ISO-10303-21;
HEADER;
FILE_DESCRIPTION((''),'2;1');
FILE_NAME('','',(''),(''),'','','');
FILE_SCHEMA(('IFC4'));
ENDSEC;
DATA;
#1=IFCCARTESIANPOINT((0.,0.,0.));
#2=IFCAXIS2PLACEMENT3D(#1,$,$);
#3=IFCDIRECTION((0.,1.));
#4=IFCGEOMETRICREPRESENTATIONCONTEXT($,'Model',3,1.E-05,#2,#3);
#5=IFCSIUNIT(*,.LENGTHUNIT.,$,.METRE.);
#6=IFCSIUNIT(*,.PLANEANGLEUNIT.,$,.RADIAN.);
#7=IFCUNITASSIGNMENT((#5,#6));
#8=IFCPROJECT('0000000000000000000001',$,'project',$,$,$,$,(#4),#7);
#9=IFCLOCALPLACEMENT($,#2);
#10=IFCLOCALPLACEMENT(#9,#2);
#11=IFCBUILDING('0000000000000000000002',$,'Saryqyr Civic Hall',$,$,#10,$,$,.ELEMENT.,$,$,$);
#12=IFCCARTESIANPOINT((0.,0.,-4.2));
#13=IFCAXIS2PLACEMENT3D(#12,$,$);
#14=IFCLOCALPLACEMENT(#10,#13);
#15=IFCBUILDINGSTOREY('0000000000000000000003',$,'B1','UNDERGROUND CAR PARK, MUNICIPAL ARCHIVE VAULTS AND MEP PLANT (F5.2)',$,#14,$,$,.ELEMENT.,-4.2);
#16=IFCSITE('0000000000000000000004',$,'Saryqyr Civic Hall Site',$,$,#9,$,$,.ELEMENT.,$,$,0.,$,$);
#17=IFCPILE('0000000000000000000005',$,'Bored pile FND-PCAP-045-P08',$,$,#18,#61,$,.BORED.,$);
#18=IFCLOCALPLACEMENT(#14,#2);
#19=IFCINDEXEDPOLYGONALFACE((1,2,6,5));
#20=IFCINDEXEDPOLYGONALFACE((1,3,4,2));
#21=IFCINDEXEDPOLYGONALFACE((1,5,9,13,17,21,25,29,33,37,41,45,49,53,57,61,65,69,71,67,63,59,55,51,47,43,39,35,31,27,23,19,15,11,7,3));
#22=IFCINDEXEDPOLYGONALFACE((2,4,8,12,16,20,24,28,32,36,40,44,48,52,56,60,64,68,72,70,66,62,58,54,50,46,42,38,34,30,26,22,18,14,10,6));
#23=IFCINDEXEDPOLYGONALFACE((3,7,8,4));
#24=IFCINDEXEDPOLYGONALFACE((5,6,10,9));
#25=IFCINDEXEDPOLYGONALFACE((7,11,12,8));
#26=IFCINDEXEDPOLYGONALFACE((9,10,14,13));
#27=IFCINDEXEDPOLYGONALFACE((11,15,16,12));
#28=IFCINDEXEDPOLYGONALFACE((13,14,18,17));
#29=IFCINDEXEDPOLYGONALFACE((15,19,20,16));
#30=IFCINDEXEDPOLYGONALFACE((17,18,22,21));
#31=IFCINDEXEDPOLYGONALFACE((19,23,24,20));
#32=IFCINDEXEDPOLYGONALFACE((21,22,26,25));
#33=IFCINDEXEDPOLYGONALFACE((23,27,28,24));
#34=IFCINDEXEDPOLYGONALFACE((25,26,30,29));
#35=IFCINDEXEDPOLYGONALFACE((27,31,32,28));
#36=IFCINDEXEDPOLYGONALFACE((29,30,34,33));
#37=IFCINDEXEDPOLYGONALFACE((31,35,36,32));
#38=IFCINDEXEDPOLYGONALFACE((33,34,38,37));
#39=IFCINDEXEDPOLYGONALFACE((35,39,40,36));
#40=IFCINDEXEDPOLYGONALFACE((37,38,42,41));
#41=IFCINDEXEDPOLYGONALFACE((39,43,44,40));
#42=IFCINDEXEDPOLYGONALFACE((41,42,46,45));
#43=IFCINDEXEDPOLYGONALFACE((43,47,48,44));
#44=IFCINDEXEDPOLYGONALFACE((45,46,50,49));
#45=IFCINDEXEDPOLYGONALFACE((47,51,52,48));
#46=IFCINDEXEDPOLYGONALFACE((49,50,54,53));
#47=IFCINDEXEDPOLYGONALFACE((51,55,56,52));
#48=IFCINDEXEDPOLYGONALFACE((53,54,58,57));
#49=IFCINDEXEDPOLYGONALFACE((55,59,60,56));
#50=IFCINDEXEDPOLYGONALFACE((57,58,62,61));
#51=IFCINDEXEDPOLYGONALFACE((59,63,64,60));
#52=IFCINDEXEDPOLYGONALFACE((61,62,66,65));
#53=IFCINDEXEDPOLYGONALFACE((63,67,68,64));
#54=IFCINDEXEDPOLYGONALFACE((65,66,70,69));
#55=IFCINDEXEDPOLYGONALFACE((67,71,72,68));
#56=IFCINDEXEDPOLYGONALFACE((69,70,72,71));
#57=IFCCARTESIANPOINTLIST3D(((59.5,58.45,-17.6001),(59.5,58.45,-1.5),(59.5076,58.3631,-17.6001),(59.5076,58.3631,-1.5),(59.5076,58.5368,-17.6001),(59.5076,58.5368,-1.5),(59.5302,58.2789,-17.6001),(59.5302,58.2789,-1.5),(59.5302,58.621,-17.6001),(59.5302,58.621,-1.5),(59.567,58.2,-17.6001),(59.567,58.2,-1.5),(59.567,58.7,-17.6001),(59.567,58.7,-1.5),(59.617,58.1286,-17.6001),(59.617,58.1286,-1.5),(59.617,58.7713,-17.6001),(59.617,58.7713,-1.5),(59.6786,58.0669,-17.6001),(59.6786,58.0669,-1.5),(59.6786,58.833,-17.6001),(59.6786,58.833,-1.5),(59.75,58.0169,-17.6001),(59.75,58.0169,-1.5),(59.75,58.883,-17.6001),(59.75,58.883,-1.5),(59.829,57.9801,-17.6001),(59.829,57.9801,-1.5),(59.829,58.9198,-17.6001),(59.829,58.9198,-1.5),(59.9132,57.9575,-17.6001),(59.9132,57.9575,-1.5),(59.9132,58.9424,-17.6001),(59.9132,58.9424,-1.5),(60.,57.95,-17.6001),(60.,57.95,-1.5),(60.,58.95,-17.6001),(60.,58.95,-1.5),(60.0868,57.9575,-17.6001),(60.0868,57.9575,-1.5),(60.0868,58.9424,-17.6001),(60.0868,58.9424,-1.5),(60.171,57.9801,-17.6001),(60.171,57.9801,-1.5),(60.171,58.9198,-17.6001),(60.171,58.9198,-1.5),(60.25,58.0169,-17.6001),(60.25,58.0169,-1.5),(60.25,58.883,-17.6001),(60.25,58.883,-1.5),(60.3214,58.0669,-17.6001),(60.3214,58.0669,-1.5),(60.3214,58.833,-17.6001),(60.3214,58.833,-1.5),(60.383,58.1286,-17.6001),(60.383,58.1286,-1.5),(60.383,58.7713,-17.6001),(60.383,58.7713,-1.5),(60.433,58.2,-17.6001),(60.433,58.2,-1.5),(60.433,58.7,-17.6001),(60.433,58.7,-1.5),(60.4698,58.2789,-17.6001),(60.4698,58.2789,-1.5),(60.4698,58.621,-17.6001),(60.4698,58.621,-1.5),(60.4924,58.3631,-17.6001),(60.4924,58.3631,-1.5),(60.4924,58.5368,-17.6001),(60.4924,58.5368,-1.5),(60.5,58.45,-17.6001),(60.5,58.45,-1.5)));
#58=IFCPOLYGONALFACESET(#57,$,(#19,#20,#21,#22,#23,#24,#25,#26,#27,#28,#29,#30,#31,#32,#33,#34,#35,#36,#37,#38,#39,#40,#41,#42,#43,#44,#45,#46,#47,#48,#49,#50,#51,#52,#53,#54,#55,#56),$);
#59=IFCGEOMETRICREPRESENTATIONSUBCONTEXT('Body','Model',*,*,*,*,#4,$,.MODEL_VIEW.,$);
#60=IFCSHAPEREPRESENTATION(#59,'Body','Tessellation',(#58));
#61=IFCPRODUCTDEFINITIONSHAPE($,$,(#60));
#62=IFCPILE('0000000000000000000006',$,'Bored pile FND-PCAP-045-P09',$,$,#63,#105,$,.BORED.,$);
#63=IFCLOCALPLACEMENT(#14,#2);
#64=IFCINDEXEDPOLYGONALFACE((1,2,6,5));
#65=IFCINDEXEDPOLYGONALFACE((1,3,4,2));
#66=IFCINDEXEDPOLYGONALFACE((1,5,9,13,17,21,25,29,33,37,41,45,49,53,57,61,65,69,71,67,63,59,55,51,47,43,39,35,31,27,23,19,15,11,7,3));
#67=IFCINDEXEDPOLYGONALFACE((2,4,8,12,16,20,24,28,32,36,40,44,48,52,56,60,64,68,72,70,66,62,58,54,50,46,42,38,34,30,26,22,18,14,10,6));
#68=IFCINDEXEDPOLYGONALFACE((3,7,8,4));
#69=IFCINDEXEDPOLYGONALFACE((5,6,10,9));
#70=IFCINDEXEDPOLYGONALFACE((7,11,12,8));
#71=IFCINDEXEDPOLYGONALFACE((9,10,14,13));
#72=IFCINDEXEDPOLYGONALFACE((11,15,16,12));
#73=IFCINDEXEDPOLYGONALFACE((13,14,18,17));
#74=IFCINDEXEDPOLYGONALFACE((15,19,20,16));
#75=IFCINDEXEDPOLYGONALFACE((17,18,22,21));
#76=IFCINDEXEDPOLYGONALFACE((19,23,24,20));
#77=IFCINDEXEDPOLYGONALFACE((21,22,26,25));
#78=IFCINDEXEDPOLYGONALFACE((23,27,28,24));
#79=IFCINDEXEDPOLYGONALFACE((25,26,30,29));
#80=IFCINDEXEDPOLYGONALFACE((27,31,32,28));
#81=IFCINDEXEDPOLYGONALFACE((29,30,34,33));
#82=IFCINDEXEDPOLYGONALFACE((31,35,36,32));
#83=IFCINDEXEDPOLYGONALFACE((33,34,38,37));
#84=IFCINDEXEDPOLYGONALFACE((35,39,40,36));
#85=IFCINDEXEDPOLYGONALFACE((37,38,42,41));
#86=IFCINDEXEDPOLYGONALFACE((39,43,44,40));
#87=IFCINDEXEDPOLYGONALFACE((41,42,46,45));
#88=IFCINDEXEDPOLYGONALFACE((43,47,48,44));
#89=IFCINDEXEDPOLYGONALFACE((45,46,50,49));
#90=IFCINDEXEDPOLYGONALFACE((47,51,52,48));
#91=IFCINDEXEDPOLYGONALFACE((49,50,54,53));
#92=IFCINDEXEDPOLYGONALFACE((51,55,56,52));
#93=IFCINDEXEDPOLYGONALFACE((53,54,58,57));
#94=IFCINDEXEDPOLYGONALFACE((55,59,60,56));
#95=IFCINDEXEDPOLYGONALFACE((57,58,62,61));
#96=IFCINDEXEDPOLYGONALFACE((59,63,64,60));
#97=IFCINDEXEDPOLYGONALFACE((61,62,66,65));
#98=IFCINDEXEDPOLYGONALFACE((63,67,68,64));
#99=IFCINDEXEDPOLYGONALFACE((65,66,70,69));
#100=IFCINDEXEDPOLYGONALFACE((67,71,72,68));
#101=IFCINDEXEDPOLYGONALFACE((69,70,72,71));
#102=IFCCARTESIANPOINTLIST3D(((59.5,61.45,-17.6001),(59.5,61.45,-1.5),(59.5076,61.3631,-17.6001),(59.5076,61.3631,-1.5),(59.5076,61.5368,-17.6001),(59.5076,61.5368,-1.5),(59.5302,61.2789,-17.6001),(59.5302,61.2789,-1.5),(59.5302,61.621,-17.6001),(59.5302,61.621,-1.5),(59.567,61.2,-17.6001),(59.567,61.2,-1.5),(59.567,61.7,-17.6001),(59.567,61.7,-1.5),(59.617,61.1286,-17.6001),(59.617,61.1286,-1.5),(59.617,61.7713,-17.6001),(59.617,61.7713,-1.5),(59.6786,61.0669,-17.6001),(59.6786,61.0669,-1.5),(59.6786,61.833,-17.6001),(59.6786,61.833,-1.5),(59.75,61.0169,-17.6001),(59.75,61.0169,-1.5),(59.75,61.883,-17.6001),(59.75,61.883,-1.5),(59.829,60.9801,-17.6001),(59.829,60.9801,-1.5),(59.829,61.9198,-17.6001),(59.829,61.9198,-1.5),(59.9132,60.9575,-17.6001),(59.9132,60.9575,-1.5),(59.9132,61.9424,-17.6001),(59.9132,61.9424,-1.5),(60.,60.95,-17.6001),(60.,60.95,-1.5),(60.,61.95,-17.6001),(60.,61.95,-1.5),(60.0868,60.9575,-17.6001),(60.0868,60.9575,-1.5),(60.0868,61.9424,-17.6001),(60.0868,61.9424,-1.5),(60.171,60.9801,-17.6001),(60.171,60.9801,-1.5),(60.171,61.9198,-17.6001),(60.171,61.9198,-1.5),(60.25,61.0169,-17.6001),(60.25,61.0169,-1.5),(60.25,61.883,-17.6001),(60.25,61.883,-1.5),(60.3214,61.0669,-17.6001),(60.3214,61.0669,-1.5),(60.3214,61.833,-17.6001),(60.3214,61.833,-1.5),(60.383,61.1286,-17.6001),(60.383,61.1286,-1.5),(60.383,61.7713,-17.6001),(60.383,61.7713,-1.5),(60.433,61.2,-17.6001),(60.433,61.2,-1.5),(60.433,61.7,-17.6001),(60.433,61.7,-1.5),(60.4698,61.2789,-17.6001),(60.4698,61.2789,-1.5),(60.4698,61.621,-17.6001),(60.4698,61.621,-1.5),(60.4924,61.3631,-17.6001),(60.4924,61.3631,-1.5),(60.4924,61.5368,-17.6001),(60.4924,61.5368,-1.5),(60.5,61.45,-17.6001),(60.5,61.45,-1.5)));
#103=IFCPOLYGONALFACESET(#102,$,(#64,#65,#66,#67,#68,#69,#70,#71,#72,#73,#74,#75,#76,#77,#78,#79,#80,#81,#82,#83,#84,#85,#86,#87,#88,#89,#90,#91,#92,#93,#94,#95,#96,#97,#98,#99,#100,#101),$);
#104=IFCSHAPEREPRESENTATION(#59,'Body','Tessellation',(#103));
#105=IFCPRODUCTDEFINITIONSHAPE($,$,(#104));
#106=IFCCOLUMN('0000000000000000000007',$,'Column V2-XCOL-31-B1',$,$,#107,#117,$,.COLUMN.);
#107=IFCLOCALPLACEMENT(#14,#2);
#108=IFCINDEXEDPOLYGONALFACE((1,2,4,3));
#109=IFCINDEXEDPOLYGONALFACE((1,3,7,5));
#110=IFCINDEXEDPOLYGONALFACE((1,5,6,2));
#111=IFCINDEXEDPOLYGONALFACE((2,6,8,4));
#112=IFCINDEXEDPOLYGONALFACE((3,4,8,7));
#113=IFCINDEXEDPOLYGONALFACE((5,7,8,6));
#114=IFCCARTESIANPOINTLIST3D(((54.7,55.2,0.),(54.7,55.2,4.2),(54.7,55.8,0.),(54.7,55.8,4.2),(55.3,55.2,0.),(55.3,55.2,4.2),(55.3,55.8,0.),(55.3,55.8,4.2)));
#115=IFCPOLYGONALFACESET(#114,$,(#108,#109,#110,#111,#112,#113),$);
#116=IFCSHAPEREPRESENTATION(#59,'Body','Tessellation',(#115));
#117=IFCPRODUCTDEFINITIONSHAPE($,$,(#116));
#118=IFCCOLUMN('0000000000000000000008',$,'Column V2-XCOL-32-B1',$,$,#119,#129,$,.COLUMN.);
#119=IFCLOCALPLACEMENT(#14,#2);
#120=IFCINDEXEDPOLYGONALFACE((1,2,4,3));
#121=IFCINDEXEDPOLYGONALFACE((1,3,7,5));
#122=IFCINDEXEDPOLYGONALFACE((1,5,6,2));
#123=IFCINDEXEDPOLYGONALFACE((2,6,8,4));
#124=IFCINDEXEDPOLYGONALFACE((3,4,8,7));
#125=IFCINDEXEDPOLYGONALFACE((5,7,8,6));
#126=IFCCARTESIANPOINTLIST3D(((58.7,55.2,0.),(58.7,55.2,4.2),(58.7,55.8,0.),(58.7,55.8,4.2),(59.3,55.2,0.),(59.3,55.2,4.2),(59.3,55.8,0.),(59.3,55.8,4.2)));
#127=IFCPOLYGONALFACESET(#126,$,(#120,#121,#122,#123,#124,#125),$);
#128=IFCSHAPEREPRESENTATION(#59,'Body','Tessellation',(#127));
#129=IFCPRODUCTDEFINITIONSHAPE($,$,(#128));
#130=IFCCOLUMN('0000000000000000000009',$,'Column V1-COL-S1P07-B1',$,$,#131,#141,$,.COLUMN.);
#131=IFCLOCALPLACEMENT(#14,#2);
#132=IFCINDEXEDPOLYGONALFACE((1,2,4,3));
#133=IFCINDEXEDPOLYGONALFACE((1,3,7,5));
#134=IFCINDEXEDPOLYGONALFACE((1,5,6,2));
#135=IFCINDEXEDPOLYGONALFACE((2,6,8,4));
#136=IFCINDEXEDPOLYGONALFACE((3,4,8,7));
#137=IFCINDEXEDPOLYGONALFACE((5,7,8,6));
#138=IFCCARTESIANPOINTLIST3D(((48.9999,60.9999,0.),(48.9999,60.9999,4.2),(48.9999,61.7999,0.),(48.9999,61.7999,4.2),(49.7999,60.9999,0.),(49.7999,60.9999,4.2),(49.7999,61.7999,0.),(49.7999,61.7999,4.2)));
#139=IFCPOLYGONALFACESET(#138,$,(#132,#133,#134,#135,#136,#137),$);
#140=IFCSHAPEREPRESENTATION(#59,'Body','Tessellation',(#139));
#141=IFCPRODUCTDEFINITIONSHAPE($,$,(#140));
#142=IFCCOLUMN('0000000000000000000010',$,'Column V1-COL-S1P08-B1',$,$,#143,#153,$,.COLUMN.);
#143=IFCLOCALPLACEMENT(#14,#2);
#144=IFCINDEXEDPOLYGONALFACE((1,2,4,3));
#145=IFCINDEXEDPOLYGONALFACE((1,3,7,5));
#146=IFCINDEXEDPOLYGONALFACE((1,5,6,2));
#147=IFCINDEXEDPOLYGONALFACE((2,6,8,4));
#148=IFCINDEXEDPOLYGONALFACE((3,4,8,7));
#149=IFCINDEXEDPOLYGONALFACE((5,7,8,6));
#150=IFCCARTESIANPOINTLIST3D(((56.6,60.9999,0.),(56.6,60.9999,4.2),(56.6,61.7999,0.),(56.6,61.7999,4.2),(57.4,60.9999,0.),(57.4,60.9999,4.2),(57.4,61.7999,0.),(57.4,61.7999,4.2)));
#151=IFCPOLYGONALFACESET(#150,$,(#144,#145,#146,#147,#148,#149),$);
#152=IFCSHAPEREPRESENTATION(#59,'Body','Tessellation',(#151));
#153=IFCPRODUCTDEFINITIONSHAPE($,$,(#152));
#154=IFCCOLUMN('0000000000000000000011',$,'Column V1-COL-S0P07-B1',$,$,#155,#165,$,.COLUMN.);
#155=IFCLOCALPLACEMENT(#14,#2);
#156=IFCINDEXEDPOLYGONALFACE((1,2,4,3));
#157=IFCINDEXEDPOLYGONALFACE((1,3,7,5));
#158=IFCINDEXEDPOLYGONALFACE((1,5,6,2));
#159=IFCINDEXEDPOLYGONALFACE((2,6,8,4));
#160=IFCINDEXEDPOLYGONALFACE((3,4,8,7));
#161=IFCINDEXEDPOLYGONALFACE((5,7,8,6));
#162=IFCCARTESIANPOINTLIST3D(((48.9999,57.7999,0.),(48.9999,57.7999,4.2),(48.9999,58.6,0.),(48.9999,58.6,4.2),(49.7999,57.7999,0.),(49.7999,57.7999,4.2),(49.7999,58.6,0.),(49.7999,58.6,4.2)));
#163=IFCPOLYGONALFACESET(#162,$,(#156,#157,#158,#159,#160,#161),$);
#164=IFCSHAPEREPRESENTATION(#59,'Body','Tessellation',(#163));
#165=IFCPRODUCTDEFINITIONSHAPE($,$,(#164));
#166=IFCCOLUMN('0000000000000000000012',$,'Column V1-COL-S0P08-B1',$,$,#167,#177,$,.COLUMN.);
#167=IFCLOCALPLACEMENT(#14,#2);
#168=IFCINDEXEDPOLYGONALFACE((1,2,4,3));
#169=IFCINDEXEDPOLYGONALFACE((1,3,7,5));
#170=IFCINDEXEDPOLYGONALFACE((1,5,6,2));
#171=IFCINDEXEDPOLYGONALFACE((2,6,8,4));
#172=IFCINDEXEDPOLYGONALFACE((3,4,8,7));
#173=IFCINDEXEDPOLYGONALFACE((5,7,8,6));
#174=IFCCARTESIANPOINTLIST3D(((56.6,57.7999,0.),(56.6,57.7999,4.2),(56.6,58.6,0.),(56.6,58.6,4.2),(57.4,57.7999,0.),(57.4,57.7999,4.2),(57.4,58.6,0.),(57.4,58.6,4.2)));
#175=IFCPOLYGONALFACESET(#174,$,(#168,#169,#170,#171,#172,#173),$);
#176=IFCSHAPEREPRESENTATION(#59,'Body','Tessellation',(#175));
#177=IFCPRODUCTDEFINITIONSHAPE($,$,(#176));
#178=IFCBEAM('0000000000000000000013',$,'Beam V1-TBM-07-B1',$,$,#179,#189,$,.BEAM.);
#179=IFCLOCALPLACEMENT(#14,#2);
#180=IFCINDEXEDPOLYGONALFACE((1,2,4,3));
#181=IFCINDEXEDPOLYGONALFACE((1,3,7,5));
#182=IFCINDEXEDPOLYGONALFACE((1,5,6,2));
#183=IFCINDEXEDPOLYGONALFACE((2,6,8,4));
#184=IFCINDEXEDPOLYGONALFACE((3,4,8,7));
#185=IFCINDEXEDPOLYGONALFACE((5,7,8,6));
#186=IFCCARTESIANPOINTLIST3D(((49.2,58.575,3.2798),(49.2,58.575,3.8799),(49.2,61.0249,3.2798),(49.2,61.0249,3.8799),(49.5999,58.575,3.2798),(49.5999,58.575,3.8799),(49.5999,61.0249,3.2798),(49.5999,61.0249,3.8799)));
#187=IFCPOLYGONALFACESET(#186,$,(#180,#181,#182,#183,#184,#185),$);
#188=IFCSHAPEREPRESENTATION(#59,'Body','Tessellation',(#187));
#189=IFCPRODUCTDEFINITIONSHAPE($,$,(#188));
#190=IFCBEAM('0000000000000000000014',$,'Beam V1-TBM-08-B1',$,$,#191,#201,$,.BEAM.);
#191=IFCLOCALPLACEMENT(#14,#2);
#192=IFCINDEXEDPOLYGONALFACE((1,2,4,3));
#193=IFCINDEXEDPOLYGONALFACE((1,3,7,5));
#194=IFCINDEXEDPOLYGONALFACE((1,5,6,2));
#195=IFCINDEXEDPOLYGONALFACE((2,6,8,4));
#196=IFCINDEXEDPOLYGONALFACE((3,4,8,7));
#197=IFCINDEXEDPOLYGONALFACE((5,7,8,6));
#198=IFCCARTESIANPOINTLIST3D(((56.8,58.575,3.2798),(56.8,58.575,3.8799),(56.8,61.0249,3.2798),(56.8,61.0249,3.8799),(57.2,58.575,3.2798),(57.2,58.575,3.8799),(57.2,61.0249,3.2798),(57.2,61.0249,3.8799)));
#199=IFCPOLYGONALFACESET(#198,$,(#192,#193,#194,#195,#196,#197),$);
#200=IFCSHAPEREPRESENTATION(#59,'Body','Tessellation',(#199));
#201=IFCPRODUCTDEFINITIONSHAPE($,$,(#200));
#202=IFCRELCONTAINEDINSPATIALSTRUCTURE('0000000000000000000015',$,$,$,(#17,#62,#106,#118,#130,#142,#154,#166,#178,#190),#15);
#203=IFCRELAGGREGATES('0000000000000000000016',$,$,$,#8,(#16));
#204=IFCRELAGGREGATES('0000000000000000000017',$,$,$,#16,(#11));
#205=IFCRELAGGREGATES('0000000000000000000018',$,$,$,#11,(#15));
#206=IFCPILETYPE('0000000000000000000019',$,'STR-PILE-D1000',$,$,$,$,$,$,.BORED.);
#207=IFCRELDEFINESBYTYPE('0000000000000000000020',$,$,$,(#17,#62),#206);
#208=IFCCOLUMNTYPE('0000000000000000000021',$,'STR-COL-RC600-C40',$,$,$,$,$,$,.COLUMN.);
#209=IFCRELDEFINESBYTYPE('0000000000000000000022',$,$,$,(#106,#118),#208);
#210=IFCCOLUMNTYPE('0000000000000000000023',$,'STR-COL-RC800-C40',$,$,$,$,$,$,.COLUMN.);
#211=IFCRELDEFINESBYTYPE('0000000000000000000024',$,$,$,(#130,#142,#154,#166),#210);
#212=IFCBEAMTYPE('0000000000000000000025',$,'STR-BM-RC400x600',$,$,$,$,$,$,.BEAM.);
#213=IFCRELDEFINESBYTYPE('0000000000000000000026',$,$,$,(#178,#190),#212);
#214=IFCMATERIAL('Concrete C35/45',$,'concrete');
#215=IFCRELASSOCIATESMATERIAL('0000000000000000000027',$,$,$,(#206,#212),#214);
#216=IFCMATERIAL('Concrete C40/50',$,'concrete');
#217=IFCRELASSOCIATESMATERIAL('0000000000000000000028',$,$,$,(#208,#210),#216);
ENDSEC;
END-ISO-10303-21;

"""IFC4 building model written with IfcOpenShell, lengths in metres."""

from ifc_helpers import new_model, si_unit, direction, frame, origin, origin_2d, place, context, subcontext, project, spatial, rectangle, circle, extrude, material, material_profile, profile_set, type_object, element, save


model = new_model("IFC4")

# Units and contexts
model_context = context("Model", 3, precision=1e-05, world=origin(), true_north=direction((0.0, 1.0)))
body_context = subcontext(model_context, "Body", "Model", "MODEL_VIEW")
ifc_project = project(units=[si_unit("LENGTHUNIT", "METRE"), si_unit("PLANEANGLEUNIT", "RADIAN")], contexts=[model_context])

# Site, building, storey
site_placement = place(None, origin())
site = spatial("IfcSite", under=ifc_project, at=site_placement, Name="Saryqyr Civic Hall Site", CompositionType="ELEMENT", RefElevation=0.0)
building_placement = place(site_placement, origin())
building = spatial("IfcBuilding", under=site, at=building_placement, Name="Saryqyr Civic Hall", CompositionType="ELEMENT")
storey_placement = place(building_placement, frame((0.0, 0.0, -4.2)))
storey = spatial("IfcBuildingStorey", under=building, at=storey_placement, Name="B1", Description="UNDERGROUND CAR PARK, MUNICIPAL ARCHIVE VAULTS AND MEP PLANT (F5.2)", CompositionType="ELEMENT", Elevation=-4.2)

# Shared definitions
ifc_material_1 = material(Name="Concrete C35/45", Category="concrete")

# Piles
ifc_material_profile_1 = material_profile(ifc_material_1, circle(Radius=0.5, at=origin_2d()), Name="BORED PILE D1000")
ifc_profile_set_1 = profile_set([ifc_material_profile_1], Name="Concrete C35/45")
pile_type = type_object("IfcPileType", Name="STR-PILE-D1000", PredefinedType="BORED", material=ifc_profile_set_1)
for number, where, z_axis, x_axis, name in (
    (1, (60.0, 58.45, -1.5), (0.0, 0.0, -1.0), (1.0, 0.0, 0.0), "Bored pile FND-PCAP-045-P08"),
    (2, (60.0, 61.45, -1.5), (0.0, 0.0, -1.0), (1.0, 0.0, 0.0), "Bored pile FND-PCAP-045-P09"),
):
    element("IfcPile", number, at=place(storey_placement, frame(where, z_axis=z_axis, x_axis=x_axis)), inside=storey, type_object=pile_type, Name=name, PredefinedType="BORED", context=body_context, shape_type="SweptSolid", body=[
        extrude(circle(Radius=0.5, at=origin_2d()), origin(), (0.0, 0.0, 1.0), 16.1001),
    ])

# Columns
ifc_material_2 = material(Name="Concrete C40/50", Category="concrete")
ifc_material_profile_2 = material_profile(ifc_material_2, rectangle(XDim=0.6001, YDim=0.6001, at=origin_2d()), Name="RC 600x600")
ifc_profile_set_2 = profile_set([ifc_material_profile_2], Name="Concrete C40/50")
column_type_1 = type_object("IfcColumnType", Name="STR-COL-RC600-C40", PredefinedType="COLUMN", material=ifc_profile_set_2)
for number, where, z_axis, x_axis, name in (
    (3, (55.0, 55.5, 0.0), (0.0, 0.0, 1.0), (1.0, 0.0, 0.0), "Column V2-XCOL-31-B1"),
    (4, (59.0, 55.5, 0.0), (0.0, 0.0, 1.0), (1.0, 0.0, 0.0), "Column V2-XCOL-32-B1"),
):
    element("IfcColumn", number, at=place(storey_placement, frame(where, z_axis=z_axis, x_axis=x_axis)), inside=storey, type_object=column_type_1, Name=name, PredefinedType="COLUMN", context=body_context, shape_type="SweptSolid", body=[
        extrude(rectangle(XDim=0.6001, YDim=0.6001, at=origin_2d()), origin(), (0.0, 0.0, 1.0), 4.2),
    ])
ifc_material_profile_3 = material_profile(ifc_material_2, rectangle(XDim=0.8, YDim=0.8, at=origin_2d()), Name="RC 800x800")
ifc_profile_set_3 = profile_set([ifc_material_profile_3], Name="Concrete C40/50")
column_type_2 = type_object("IfcColumnType", Name="STR-COL-RC800-C40", PredefinedType="COLUMN", material=ifc_profile_set_3)
for number, where, z_axis, x_axis, name in (
    (5, (49.3999, 61.3999, 0.0), (0.0, 0.0, 1.0), (1.0, 0.0, 0.0), "Column V1-COL-S1P07-B1"),
    (6, (57.0, 61.3999, 0.0), (0.0, 0.0, 1.0), (1.0, 0.0, 0.0), "Column V1-COL-S1P08-B1"),
    (7, (49.3999, 58.2, 0.0), (0.0, 0.0, 1.0), (1.0, 0.0, 0.0), "Column V1-COL-S0P07-B1"),
    (8, (57.0, 58.2, 0.0), (0.0, 0.0, 1.0), (1.0, 0.0, 0.0), "Column V1-COL-S0P08-B1"),
):
    element("IfcColumn", number, at=place(storey_placement, frame(where, z_axis=z_axis, x_axis=x_axis)), inside=storey, type_object=column_type_2, Name=name, PredefinedType="COLUMN", context=body_context, shape_type="SweptSolid", body=[
        extrude(rectangle(XDim=0.8, YDim=0.8, at=origin_2d()), origin(), (0.0, 0.0, 1.0), 4.2),
    ])

# Beams
ifc_material_profile_4 = material_profile(ifc_material_1, rectangle(XDim=0.3999, YDim=0.6001, at=origin_2d()), Name="RC 400x600")
ifc_profile_set_4 = profile_set([ifc_material_profile_4], Name="Concrete C35/45")
beam_type = type_object("IfcBeamType", Name="STR-BM-RC400x600", PredefinedType="BEAM", material=ifc_profile_set_4)
for number, where, z_axis, x_axis, name in (
    (9, (49.3999, 58.575, 3.5798), (0.0, 1.0, 0.0), (-1.0, 0.0, 0.0), "Beam V1-TBM-07-B1"),
    (10, (57.0, 58.575, 3.5798), (0.0, 1.0, 0.0), (-1.0, 0.0, 0.0), "Beam V1-TBM-08-B1"),
):
    element("IfcBeam", number, at=place(storey_placement, frame(where, z_axis=z_axis, x_axis=x_axis)), inside=storey, type_object=beam_type, Name=name, PredefinedType="BEAM", context=body_context, shape_type="SweptSolid", body=[
        extrude(rectangle(XDim=0.3999, YDim=0.6001, at=origin_2d()), origin(), (0.0, 0.0, 1.0), 2.45),
    ])

save(model, "model.ifc")
